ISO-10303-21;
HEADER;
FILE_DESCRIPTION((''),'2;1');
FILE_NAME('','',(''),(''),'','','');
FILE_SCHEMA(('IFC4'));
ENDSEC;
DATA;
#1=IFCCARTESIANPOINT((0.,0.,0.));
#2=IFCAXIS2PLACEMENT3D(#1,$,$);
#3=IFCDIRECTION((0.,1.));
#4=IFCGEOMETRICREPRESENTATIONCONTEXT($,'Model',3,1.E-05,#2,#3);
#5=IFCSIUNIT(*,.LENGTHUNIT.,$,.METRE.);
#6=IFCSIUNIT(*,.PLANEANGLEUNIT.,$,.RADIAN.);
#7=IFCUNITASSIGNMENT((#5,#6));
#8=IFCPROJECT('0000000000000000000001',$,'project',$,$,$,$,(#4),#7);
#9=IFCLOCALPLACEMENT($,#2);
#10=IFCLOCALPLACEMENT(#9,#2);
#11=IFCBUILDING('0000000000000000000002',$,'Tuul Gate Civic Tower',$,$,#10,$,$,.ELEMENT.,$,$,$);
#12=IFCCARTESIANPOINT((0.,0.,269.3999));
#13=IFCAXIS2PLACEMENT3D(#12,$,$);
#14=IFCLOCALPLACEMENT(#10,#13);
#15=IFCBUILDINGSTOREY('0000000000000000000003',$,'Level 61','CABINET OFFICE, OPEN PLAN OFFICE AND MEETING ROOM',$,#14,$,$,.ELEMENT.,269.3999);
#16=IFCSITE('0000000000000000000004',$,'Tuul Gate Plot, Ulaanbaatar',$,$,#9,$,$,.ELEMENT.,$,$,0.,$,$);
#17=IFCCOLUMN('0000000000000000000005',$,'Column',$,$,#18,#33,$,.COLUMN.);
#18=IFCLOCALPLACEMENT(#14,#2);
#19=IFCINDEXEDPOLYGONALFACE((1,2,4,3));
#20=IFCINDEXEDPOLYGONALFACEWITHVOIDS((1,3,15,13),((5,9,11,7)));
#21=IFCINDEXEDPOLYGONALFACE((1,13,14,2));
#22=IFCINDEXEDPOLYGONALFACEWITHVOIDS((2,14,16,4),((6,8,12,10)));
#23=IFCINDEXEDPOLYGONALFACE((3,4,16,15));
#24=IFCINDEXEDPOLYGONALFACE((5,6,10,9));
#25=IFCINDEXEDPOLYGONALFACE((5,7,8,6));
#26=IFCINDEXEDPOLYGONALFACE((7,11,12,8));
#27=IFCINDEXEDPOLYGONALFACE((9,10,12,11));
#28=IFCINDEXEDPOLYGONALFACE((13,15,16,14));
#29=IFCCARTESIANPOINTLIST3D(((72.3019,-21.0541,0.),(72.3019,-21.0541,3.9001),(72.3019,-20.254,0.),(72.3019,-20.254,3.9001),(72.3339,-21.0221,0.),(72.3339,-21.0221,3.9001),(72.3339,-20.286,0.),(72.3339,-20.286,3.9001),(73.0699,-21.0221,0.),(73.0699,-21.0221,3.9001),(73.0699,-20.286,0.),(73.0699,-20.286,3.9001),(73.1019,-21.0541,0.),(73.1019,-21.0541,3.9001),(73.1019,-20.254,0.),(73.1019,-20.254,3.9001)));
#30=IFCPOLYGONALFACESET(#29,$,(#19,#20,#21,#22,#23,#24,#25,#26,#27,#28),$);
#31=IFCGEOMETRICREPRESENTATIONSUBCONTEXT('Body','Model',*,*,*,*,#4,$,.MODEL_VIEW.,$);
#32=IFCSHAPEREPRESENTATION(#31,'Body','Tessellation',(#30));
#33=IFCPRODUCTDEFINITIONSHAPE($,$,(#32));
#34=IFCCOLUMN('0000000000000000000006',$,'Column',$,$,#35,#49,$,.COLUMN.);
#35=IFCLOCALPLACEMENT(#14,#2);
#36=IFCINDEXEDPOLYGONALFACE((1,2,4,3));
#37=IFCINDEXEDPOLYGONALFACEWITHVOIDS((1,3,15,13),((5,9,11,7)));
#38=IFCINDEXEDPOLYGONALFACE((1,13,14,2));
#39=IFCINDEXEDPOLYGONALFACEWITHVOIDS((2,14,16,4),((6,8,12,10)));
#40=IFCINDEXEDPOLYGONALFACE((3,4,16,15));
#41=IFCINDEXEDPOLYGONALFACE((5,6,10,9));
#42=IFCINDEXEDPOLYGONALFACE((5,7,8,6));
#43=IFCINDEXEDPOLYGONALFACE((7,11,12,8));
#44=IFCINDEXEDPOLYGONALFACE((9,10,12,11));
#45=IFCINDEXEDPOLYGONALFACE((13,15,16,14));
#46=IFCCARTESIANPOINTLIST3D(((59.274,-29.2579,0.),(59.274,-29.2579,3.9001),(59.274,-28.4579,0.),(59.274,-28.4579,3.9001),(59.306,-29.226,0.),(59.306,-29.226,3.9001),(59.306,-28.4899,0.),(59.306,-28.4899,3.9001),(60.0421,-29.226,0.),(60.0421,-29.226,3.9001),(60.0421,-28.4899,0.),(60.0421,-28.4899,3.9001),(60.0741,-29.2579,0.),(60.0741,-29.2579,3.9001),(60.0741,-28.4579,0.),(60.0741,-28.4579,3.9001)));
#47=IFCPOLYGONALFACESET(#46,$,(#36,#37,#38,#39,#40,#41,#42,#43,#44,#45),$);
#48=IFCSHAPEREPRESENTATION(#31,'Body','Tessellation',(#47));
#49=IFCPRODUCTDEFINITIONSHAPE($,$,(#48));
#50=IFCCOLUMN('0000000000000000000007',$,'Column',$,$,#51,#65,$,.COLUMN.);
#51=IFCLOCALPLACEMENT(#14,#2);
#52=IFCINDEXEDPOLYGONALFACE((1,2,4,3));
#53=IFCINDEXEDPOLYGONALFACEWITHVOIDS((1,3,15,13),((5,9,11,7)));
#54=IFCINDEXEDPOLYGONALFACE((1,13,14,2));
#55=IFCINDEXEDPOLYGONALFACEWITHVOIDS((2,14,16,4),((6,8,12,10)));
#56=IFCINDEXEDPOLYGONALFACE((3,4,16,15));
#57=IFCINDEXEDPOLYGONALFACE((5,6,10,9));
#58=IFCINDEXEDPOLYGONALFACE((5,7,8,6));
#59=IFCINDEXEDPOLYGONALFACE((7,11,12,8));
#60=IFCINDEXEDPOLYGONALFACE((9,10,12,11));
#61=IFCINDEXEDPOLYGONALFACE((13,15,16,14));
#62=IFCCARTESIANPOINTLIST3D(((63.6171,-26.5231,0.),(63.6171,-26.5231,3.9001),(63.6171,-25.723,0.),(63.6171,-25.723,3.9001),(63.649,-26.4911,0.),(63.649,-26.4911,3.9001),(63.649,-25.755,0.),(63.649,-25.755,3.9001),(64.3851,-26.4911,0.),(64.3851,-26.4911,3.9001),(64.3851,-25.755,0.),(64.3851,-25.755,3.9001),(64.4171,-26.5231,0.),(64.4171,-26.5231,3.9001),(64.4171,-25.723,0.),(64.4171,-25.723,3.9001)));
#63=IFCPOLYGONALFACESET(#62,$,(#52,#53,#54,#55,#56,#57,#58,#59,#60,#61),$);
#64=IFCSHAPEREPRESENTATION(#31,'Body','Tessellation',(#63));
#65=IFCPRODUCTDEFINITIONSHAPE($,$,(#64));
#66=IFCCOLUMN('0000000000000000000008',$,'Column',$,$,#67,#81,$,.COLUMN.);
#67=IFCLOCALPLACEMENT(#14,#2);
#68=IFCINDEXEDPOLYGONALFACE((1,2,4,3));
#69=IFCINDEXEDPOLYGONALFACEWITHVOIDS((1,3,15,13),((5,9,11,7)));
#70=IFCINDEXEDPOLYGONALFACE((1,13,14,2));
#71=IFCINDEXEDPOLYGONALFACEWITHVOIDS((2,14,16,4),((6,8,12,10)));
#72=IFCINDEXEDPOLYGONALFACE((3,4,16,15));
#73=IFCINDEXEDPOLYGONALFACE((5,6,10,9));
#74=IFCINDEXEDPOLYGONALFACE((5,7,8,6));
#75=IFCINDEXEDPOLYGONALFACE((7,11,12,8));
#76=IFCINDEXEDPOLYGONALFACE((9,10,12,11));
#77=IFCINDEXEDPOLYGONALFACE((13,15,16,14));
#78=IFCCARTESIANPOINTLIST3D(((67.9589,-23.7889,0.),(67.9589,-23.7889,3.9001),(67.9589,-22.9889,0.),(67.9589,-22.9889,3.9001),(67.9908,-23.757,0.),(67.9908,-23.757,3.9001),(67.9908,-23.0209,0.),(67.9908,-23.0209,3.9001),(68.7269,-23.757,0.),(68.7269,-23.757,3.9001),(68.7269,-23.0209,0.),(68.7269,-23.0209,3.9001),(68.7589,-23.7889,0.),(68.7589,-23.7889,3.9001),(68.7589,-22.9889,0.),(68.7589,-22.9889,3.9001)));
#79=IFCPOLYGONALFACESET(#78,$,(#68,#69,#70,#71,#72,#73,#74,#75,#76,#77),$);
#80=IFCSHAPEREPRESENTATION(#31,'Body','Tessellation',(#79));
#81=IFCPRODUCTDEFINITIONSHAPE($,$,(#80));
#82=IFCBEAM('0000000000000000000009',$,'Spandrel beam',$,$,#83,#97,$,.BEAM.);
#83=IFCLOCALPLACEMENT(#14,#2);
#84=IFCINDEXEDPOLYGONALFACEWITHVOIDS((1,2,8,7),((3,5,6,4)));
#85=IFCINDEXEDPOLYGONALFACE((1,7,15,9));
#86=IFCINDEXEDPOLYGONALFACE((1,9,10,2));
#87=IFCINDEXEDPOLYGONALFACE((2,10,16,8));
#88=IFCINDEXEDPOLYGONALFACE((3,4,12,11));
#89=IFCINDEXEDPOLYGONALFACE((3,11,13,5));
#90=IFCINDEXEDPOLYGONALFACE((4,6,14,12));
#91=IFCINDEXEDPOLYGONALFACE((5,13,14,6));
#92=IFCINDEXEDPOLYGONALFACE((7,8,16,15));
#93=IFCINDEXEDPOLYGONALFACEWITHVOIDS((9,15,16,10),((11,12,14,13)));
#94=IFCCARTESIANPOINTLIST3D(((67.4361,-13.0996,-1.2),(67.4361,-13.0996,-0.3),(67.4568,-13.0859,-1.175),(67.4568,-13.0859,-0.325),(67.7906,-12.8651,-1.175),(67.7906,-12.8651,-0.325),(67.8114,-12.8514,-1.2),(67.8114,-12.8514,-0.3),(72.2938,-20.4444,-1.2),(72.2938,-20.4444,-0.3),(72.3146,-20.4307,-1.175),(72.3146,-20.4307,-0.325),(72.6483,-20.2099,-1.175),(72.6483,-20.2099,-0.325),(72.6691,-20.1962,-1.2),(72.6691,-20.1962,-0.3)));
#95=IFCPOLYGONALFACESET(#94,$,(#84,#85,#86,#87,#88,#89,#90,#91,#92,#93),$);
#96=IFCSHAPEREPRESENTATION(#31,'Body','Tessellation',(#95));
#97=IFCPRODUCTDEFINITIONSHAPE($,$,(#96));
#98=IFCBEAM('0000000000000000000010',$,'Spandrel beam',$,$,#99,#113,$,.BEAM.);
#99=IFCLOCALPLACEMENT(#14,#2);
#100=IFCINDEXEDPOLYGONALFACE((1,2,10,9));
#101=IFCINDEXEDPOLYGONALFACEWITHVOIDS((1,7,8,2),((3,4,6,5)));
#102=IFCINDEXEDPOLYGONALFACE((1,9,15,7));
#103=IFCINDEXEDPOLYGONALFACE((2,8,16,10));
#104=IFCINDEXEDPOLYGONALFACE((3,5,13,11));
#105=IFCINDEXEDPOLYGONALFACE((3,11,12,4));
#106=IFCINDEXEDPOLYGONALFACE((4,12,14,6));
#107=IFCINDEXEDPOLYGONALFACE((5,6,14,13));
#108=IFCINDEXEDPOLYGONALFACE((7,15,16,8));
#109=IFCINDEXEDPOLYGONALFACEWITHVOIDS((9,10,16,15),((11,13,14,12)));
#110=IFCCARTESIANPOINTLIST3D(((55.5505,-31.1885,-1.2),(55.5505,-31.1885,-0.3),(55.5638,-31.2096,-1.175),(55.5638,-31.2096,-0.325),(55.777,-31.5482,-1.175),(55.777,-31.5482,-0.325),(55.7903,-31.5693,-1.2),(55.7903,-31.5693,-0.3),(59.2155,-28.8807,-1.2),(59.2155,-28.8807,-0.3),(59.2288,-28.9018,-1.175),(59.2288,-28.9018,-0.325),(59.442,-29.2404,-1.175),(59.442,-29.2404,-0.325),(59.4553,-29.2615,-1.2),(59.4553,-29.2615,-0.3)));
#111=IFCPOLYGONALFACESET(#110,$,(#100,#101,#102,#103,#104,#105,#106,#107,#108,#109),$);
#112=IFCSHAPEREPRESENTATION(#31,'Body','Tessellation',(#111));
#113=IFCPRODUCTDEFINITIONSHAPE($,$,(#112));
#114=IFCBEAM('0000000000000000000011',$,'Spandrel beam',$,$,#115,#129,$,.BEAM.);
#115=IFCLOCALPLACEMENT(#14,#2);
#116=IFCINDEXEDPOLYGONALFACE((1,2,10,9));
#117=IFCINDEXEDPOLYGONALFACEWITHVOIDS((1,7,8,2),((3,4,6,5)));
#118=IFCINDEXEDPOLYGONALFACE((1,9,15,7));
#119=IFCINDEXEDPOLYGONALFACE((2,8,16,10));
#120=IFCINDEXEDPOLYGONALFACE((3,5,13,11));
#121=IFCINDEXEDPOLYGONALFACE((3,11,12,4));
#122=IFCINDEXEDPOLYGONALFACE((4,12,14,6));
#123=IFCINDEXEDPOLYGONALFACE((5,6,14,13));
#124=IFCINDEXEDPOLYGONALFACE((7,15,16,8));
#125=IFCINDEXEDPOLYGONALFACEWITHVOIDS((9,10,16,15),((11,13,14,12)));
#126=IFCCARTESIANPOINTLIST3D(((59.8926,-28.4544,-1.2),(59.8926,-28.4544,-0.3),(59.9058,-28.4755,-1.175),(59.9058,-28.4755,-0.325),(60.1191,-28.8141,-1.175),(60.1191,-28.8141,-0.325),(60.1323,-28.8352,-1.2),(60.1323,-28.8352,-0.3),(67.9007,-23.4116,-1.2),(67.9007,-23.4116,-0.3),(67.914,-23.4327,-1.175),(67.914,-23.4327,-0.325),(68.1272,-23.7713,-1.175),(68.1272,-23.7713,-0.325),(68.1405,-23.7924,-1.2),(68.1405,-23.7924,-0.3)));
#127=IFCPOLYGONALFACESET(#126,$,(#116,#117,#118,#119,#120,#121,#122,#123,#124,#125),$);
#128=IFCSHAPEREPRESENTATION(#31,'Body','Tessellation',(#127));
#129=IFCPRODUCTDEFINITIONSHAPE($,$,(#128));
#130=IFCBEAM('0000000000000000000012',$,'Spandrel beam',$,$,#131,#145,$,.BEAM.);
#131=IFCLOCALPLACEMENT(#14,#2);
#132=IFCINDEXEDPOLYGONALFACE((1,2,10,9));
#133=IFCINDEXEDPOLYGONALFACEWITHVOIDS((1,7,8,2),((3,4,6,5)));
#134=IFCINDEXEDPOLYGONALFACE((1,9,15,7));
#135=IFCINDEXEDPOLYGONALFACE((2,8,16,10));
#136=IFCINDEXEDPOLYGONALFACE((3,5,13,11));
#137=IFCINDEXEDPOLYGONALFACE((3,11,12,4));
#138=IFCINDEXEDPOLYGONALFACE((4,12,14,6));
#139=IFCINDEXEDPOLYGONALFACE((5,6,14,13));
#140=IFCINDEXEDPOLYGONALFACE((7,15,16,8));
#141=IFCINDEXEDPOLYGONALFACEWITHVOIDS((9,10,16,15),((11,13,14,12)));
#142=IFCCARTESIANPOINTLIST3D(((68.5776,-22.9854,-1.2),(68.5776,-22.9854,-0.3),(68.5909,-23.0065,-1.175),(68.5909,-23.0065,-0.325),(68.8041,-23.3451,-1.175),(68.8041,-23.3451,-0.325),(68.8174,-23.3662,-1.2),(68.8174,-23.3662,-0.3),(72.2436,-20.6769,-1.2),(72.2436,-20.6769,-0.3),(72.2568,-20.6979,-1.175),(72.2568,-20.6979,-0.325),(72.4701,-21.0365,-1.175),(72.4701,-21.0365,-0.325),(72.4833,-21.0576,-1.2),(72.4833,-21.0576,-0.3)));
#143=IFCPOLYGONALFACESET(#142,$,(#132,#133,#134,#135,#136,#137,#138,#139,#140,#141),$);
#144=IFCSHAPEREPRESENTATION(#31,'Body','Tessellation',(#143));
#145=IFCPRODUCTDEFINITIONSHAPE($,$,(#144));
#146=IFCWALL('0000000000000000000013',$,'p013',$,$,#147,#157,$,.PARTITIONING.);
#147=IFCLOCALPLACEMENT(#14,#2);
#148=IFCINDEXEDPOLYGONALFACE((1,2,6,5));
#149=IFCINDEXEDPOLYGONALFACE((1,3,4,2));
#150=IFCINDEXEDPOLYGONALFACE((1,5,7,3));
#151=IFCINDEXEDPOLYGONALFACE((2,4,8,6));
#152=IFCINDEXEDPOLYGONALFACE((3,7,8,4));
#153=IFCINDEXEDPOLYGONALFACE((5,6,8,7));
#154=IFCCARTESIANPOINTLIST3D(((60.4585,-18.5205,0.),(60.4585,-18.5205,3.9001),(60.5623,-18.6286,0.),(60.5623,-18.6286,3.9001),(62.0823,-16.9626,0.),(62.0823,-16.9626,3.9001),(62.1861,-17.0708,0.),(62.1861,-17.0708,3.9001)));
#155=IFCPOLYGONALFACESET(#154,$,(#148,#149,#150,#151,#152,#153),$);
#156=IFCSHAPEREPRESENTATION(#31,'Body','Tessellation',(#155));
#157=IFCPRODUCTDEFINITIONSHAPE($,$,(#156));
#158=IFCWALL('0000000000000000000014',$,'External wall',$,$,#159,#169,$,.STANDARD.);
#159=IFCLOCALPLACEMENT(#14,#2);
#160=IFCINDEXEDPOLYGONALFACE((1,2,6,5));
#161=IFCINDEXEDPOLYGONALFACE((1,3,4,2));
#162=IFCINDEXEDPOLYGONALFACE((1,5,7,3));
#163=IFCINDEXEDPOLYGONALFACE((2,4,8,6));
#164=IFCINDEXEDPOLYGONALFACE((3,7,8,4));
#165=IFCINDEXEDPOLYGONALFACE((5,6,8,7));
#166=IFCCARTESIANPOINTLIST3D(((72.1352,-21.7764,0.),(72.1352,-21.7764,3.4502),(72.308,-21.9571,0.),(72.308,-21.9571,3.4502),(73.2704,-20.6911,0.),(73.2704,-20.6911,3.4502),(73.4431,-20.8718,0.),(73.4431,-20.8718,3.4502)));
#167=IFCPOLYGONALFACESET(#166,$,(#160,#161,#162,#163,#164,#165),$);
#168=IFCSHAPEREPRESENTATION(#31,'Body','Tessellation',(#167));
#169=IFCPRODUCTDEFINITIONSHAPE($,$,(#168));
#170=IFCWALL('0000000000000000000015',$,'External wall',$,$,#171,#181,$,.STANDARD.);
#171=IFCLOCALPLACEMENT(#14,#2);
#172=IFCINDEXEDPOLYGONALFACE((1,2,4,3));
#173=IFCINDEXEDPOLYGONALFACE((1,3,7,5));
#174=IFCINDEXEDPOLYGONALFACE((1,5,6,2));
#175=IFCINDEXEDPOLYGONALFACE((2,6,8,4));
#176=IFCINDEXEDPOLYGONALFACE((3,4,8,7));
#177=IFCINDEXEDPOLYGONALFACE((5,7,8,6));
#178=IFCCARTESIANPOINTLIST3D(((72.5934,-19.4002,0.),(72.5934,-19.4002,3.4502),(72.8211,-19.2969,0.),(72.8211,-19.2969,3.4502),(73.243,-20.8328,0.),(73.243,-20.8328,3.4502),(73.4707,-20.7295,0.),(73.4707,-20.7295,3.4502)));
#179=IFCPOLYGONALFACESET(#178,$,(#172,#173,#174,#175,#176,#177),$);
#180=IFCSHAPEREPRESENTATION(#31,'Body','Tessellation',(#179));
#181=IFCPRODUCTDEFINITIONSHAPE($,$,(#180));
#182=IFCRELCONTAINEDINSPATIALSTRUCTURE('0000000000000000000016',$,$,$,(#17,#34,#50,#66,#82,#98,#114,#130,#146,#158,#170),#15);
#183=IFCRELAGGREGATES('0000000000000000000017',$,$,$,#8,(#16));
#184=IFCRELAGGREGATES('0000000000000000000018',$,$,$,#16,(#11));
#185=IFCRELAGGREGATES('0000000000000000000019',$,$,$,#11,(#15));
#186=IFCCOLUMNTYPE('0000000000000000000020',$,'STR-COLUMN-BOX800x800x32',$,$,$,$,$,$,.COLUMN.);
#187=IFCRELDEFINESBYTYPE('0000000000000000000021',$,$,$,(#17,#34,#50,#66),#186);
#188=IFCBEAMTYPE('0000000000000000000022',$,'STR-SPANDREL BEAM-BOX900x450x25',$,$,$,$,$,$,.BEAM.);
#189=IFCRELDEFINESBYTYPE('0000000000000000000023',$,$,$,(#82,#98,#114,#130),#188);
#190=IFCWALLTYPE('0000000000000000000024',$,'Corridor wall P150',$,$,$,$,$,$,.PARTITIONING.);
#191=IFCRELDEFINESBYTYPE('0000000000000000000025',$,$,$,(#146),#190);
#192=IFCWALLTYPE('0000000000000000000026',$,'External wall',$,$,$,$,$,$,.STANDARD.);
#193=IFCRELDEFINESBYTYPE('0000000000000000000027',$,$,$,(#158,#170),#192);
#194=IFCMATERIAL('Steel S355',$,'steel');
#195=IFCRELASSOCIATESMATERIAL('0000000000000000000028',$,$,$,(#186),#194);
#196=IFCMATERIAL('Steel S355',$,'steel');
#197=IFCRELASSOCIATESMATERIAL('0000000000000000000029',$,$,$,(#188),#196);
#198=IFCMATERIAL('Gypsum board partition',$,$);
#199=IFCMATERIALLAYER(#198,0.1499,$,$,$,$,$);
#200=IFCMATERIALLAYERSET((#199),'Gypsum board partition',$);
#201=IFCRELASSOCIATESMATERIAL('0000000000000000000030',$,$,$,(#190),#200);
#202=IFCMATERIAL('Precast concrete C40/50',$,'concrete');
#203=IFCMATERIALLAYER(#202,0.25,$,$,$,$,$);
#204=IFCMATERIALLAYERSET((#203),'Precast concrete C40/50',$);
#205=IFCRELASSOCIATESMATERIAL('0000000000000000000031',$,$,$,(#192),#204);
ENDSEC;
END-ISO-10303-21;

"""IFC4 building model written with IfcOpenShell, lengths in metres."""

from ifc_helpers import new_model, si_unit, direction, frame, frame_2d, origin, origin_2d, place, context, subcontext, project, spatial, rectangle, hollow_rectangle, extrude, material, layer, layer_set, material_profile, profile_set, type_object, element, save


model = new_model("IFC4")

# Units and contexts
model_context = context("Model", 3, precision=1e-05, world=origin(), true_north=direction((0.0, 1.0)))
body_context = subcontext(model_context, "Body", "Model", "MODEL_VIEW")
ifc_project = project(units=[si_unit("LENGTHUNIT", "METRE"), si_unit("PLANEANGLEUNIT", "RADIAN")], contexts=[model_context])

# Site, building, storey
site_placement = place(None, origin())
site = spatial("IfcSite", under=ifc_project, at=site_placement, Name="Tuul Gate Plot, Ulaanbaatar", CompositionType="ELEMENT", RefElevation=0.0)
building_placement = place(site_placement, origin())
building = spatial("IfcBuilding", under=site, at=building_placement, Name="Tuul Gate Civic Tower", CompositionType="ELEMENT")
storey_placement = place(building_placement, frame((0.0, 0.0, 269.3999)))
storey = spatial("IfcBuildingStorey", under=building, at=storey_placement, Name="Level 61", Description="CABINET OFFICE, OPEN PLAN OFFICE AND MEETING ROOM", CompositionType="ELEMENT", Elevation=269.3999)

# Columns
ifc_material_1 = material(Name="Steel S355", Category="steel")
ifc_material_profile_1 = material_profile(ifc_material_1, hollow_rectangle(XDim=0.8, YDim=0.8, WallThickness=0.032, at=origin_2d()), Name="BOX800x800x32")
ifc_profile_set_1 = profile_set([ifc_material_profile_1], Name="Steel S355")
column_type = type_object("IfcColumnType", Name="STR-COLUMN-BOX800x800x32", PredefinedType="COLUMN", material=ifc_profile_set_1)
for number, where, z_axis, x_axis, name in (
    (1, (72.7019, -20.6541, 0.0), (0.0, 0.0, 1.0), (1.0, 0.0, 0.0), "Column"),
    (2, (59.6741, -28.8579, 0.0), (0.0, 0.0, 1.0), (1.0, 0.0, 0.0), "Column"),
    (3, (64.0171, -26.123, 0.0), (0.0, 0.0, 1.0), (1.0, 0.0, 0.0), "Column"),
    (4, (68.3589, -23.3889, 0.0), (0.0, 0.0, 1.0), (1.0, 0.0, 0.0), "Column"),
):
    element("IfcColumn", number, at=place(storey_placement, frame(where, z_axis=z_axis, x_axis=x_axis)), inside=storey, type_object=column_type, Name=name, PredefinedType="COLUMN", context=body_context, shape_type="SweptSolid", body=[
        extrude(hollow_rectangle(XDim=0.8, YDim=0.8, WallThickness=0.032, at=origin_2d()), origin(), (0.0, 0.0, 1.0), 3.9001),
    ])

# Beams
ifc_material_2 = material(Name="Steel S355", Category="steel")
ifc_material_profile_2 = material_profile(ifc_material_2, hollow_rectangle(XDim=0.45, YDim=0.8999, WallThickness=0.0249, at=origin_2d()), Name="BOX900x450x25")
ifc_profile_set_2 = profile_set([ifc_material_profile_2], Name="Steel S355")
beam_type = type_object("IfcBeamType", Name="STR-SPANDREL BEAM-BOX900x450x25", PredefinedType="BEAM", material=ifc_profile_set_2)
beam_1_placement = place(storey_placement, frame((72.4814, -20.3203, -0.75), z_axis=(-0.551645, 0.834079, 0.0), x_axis=(-0.834079, -0.551645, 0.0)))
element("IfcBeam", 5, at=beam_1_placement, inside=storey, type_object=beam_type, Name="Spandrel beam", PredefinedType="BEAM", context=body_context, shape_type="SweptSolid", body=[
    extrude(hollow_rectangle(XDim=0.45, YDim=0.8999, WallThickness=0.0249, at=origin_2d()), origin(), (0.0, 0.0, 1.0), 8.8059),
])
beam_2_placement = place(storey_placement, frame((55.6704, -31.3789, -0.75), z_axis=(0.846207, 0.532854, 0.0), x_axis=(-0.532854, 0.846207, 0.0)))
element("IfcBeam", 6, at=beam_2_placement, inside=storey, type_object=beam_type, Name="Spandrel beam", PredefinedType="BEAM", context=body_context, shape_type="SweptSolid", body=[
    extrude(hollow_rectangle(XDim=0.45, YDim=0.8999, WallThickness=0.0249, at=origin_2d()), origin(), (0.0, 0.0, 1.0), 4.3311),
])
beam_3_placement = place(storey_placement, frame((60.0125, -28.6448, -0.75), z_axis=(0.846204, 0.53286, 0.0), x_axis=(-0.53286, 0.846204, 0.0)))
element("IfcBeam", 7, at=beam_3_placement, inside=storey, type_object=beam_type, Name="Spandrel beam", PredefinedType="BEAM", context=body_context, shape_type="SweptSolid", body=[
    extrude(hollow_rectangle(XDim=0.45, YDim=0.8999, WallThickness=0.0249, at=origin_2d()), origin(), (0.0, 0.0, 1.0), 9.4636),
])
beam_4_placement = place(storey_placement, frame((68.6975, -23.1758, -0.75), z_axis=(0.846195, 0.532873, 0.0), x_axis=(-0.532873, 0.846195, 0.0)))
element("IfcBeam", 8, at=beam_4_placement, inside=storey, type_object=beam_type, Name="Spandrel beam", PredefinedType="BEAM", context=body_context, shape_type="SweptSolid", body=[
    extrude(hollow_rectangle(XDim=0.45, YDim=0.8999, WallThickness=0.0249, at=origin_2d()), origin(), (0.0, 0.0, 1.0), 4.3323),
])

# Walls
ifc_material_3 = material(Name="Gypsum board partition")
ifc_layer_1 = layer(ifc_material_3, 0.1499)
ifc_layer_set_1 = layer_set([ifc_layer_1], Name="Gypsum board partition")
wall_type_1 = type_object("IfcWallType", Name="Corridor wall P150", PredefinedType="PARTITIONING", material=ifc_layer_set_1)
wall_1_placement = place(storey_placement, frame((60.5105, -18.5745, 0.0), z_axis=(0.0, 0.0, 1.0), x_axis=(0.721602, 0.692308, 0.0)))
element("IfcWall", 9, at=wall_1_placement, inside=storey, type_object=wall_type_1, Name="p013", PredefinedType="PARTITIONING", context=body_context, shape_type="SweptSolid", body=[
    extrude(rectangle(XDim=2.2502, YDim=0.1499, at=frame_2d((1.125, 0.0))), origin(), (0.0, 0.0, 1.0), 3.9001),
])
ifc_material_4 = material(Name="Precast concrete C40/50", Category="concrete")
ifc_layer_2 = layer(ifc_material_4, 0.25)
ifc_layer_set_2 = layer_set([ifc_layer_2], Name="Precast concrete C40/50")
wall_type_2 = type_object("IfcWallType", Name="External wall", PredefinedType="STANDARD", material=ifc_layer_set_2)
wall_2_placement = place(storey_placement, frame((72.2217, -21.8667, 0.0), z_axis=(0.0, 0.0, 1.0), x_axis=(0.722784, 0.691074, 0.0)))
element("IfcWall", 10, at=wall_2_placement, inside=storey, type_object=wall_type_2, Name="External wall", PredefinedType="STANDARD", context=body_context, shape_type="SweptSolid", body=[
    extrude(rectangle(XDim=1.5706, YDim=0.25, at=frame_2d((0.7852, 0.0))), origin(), (0.0, 0.0, 1.0), 3.4502),
])
wall_3_placement = place(storey_placement, frame((73.3569, -20.7812, 0.0), z_axis=(0.0, 0.0, 1.0), x_axis=(-0.412996, 0.910733, 0.0)))
element("IfcWall", 11, at=wall_3_placement, inside=storey, type_object=wall_type_2, Name="External wall", PredefinedType="STANDARD", context=body_context, shape_type="SweptSolid", body=[
    extrude(rectangle(XDim=1.573, YDim=0.25, at=frame_2d((0.7866, 0.0))), origin(), (0.0, 0.0, 1.0), 3.4502),
])

save(model, "model.ifc")
